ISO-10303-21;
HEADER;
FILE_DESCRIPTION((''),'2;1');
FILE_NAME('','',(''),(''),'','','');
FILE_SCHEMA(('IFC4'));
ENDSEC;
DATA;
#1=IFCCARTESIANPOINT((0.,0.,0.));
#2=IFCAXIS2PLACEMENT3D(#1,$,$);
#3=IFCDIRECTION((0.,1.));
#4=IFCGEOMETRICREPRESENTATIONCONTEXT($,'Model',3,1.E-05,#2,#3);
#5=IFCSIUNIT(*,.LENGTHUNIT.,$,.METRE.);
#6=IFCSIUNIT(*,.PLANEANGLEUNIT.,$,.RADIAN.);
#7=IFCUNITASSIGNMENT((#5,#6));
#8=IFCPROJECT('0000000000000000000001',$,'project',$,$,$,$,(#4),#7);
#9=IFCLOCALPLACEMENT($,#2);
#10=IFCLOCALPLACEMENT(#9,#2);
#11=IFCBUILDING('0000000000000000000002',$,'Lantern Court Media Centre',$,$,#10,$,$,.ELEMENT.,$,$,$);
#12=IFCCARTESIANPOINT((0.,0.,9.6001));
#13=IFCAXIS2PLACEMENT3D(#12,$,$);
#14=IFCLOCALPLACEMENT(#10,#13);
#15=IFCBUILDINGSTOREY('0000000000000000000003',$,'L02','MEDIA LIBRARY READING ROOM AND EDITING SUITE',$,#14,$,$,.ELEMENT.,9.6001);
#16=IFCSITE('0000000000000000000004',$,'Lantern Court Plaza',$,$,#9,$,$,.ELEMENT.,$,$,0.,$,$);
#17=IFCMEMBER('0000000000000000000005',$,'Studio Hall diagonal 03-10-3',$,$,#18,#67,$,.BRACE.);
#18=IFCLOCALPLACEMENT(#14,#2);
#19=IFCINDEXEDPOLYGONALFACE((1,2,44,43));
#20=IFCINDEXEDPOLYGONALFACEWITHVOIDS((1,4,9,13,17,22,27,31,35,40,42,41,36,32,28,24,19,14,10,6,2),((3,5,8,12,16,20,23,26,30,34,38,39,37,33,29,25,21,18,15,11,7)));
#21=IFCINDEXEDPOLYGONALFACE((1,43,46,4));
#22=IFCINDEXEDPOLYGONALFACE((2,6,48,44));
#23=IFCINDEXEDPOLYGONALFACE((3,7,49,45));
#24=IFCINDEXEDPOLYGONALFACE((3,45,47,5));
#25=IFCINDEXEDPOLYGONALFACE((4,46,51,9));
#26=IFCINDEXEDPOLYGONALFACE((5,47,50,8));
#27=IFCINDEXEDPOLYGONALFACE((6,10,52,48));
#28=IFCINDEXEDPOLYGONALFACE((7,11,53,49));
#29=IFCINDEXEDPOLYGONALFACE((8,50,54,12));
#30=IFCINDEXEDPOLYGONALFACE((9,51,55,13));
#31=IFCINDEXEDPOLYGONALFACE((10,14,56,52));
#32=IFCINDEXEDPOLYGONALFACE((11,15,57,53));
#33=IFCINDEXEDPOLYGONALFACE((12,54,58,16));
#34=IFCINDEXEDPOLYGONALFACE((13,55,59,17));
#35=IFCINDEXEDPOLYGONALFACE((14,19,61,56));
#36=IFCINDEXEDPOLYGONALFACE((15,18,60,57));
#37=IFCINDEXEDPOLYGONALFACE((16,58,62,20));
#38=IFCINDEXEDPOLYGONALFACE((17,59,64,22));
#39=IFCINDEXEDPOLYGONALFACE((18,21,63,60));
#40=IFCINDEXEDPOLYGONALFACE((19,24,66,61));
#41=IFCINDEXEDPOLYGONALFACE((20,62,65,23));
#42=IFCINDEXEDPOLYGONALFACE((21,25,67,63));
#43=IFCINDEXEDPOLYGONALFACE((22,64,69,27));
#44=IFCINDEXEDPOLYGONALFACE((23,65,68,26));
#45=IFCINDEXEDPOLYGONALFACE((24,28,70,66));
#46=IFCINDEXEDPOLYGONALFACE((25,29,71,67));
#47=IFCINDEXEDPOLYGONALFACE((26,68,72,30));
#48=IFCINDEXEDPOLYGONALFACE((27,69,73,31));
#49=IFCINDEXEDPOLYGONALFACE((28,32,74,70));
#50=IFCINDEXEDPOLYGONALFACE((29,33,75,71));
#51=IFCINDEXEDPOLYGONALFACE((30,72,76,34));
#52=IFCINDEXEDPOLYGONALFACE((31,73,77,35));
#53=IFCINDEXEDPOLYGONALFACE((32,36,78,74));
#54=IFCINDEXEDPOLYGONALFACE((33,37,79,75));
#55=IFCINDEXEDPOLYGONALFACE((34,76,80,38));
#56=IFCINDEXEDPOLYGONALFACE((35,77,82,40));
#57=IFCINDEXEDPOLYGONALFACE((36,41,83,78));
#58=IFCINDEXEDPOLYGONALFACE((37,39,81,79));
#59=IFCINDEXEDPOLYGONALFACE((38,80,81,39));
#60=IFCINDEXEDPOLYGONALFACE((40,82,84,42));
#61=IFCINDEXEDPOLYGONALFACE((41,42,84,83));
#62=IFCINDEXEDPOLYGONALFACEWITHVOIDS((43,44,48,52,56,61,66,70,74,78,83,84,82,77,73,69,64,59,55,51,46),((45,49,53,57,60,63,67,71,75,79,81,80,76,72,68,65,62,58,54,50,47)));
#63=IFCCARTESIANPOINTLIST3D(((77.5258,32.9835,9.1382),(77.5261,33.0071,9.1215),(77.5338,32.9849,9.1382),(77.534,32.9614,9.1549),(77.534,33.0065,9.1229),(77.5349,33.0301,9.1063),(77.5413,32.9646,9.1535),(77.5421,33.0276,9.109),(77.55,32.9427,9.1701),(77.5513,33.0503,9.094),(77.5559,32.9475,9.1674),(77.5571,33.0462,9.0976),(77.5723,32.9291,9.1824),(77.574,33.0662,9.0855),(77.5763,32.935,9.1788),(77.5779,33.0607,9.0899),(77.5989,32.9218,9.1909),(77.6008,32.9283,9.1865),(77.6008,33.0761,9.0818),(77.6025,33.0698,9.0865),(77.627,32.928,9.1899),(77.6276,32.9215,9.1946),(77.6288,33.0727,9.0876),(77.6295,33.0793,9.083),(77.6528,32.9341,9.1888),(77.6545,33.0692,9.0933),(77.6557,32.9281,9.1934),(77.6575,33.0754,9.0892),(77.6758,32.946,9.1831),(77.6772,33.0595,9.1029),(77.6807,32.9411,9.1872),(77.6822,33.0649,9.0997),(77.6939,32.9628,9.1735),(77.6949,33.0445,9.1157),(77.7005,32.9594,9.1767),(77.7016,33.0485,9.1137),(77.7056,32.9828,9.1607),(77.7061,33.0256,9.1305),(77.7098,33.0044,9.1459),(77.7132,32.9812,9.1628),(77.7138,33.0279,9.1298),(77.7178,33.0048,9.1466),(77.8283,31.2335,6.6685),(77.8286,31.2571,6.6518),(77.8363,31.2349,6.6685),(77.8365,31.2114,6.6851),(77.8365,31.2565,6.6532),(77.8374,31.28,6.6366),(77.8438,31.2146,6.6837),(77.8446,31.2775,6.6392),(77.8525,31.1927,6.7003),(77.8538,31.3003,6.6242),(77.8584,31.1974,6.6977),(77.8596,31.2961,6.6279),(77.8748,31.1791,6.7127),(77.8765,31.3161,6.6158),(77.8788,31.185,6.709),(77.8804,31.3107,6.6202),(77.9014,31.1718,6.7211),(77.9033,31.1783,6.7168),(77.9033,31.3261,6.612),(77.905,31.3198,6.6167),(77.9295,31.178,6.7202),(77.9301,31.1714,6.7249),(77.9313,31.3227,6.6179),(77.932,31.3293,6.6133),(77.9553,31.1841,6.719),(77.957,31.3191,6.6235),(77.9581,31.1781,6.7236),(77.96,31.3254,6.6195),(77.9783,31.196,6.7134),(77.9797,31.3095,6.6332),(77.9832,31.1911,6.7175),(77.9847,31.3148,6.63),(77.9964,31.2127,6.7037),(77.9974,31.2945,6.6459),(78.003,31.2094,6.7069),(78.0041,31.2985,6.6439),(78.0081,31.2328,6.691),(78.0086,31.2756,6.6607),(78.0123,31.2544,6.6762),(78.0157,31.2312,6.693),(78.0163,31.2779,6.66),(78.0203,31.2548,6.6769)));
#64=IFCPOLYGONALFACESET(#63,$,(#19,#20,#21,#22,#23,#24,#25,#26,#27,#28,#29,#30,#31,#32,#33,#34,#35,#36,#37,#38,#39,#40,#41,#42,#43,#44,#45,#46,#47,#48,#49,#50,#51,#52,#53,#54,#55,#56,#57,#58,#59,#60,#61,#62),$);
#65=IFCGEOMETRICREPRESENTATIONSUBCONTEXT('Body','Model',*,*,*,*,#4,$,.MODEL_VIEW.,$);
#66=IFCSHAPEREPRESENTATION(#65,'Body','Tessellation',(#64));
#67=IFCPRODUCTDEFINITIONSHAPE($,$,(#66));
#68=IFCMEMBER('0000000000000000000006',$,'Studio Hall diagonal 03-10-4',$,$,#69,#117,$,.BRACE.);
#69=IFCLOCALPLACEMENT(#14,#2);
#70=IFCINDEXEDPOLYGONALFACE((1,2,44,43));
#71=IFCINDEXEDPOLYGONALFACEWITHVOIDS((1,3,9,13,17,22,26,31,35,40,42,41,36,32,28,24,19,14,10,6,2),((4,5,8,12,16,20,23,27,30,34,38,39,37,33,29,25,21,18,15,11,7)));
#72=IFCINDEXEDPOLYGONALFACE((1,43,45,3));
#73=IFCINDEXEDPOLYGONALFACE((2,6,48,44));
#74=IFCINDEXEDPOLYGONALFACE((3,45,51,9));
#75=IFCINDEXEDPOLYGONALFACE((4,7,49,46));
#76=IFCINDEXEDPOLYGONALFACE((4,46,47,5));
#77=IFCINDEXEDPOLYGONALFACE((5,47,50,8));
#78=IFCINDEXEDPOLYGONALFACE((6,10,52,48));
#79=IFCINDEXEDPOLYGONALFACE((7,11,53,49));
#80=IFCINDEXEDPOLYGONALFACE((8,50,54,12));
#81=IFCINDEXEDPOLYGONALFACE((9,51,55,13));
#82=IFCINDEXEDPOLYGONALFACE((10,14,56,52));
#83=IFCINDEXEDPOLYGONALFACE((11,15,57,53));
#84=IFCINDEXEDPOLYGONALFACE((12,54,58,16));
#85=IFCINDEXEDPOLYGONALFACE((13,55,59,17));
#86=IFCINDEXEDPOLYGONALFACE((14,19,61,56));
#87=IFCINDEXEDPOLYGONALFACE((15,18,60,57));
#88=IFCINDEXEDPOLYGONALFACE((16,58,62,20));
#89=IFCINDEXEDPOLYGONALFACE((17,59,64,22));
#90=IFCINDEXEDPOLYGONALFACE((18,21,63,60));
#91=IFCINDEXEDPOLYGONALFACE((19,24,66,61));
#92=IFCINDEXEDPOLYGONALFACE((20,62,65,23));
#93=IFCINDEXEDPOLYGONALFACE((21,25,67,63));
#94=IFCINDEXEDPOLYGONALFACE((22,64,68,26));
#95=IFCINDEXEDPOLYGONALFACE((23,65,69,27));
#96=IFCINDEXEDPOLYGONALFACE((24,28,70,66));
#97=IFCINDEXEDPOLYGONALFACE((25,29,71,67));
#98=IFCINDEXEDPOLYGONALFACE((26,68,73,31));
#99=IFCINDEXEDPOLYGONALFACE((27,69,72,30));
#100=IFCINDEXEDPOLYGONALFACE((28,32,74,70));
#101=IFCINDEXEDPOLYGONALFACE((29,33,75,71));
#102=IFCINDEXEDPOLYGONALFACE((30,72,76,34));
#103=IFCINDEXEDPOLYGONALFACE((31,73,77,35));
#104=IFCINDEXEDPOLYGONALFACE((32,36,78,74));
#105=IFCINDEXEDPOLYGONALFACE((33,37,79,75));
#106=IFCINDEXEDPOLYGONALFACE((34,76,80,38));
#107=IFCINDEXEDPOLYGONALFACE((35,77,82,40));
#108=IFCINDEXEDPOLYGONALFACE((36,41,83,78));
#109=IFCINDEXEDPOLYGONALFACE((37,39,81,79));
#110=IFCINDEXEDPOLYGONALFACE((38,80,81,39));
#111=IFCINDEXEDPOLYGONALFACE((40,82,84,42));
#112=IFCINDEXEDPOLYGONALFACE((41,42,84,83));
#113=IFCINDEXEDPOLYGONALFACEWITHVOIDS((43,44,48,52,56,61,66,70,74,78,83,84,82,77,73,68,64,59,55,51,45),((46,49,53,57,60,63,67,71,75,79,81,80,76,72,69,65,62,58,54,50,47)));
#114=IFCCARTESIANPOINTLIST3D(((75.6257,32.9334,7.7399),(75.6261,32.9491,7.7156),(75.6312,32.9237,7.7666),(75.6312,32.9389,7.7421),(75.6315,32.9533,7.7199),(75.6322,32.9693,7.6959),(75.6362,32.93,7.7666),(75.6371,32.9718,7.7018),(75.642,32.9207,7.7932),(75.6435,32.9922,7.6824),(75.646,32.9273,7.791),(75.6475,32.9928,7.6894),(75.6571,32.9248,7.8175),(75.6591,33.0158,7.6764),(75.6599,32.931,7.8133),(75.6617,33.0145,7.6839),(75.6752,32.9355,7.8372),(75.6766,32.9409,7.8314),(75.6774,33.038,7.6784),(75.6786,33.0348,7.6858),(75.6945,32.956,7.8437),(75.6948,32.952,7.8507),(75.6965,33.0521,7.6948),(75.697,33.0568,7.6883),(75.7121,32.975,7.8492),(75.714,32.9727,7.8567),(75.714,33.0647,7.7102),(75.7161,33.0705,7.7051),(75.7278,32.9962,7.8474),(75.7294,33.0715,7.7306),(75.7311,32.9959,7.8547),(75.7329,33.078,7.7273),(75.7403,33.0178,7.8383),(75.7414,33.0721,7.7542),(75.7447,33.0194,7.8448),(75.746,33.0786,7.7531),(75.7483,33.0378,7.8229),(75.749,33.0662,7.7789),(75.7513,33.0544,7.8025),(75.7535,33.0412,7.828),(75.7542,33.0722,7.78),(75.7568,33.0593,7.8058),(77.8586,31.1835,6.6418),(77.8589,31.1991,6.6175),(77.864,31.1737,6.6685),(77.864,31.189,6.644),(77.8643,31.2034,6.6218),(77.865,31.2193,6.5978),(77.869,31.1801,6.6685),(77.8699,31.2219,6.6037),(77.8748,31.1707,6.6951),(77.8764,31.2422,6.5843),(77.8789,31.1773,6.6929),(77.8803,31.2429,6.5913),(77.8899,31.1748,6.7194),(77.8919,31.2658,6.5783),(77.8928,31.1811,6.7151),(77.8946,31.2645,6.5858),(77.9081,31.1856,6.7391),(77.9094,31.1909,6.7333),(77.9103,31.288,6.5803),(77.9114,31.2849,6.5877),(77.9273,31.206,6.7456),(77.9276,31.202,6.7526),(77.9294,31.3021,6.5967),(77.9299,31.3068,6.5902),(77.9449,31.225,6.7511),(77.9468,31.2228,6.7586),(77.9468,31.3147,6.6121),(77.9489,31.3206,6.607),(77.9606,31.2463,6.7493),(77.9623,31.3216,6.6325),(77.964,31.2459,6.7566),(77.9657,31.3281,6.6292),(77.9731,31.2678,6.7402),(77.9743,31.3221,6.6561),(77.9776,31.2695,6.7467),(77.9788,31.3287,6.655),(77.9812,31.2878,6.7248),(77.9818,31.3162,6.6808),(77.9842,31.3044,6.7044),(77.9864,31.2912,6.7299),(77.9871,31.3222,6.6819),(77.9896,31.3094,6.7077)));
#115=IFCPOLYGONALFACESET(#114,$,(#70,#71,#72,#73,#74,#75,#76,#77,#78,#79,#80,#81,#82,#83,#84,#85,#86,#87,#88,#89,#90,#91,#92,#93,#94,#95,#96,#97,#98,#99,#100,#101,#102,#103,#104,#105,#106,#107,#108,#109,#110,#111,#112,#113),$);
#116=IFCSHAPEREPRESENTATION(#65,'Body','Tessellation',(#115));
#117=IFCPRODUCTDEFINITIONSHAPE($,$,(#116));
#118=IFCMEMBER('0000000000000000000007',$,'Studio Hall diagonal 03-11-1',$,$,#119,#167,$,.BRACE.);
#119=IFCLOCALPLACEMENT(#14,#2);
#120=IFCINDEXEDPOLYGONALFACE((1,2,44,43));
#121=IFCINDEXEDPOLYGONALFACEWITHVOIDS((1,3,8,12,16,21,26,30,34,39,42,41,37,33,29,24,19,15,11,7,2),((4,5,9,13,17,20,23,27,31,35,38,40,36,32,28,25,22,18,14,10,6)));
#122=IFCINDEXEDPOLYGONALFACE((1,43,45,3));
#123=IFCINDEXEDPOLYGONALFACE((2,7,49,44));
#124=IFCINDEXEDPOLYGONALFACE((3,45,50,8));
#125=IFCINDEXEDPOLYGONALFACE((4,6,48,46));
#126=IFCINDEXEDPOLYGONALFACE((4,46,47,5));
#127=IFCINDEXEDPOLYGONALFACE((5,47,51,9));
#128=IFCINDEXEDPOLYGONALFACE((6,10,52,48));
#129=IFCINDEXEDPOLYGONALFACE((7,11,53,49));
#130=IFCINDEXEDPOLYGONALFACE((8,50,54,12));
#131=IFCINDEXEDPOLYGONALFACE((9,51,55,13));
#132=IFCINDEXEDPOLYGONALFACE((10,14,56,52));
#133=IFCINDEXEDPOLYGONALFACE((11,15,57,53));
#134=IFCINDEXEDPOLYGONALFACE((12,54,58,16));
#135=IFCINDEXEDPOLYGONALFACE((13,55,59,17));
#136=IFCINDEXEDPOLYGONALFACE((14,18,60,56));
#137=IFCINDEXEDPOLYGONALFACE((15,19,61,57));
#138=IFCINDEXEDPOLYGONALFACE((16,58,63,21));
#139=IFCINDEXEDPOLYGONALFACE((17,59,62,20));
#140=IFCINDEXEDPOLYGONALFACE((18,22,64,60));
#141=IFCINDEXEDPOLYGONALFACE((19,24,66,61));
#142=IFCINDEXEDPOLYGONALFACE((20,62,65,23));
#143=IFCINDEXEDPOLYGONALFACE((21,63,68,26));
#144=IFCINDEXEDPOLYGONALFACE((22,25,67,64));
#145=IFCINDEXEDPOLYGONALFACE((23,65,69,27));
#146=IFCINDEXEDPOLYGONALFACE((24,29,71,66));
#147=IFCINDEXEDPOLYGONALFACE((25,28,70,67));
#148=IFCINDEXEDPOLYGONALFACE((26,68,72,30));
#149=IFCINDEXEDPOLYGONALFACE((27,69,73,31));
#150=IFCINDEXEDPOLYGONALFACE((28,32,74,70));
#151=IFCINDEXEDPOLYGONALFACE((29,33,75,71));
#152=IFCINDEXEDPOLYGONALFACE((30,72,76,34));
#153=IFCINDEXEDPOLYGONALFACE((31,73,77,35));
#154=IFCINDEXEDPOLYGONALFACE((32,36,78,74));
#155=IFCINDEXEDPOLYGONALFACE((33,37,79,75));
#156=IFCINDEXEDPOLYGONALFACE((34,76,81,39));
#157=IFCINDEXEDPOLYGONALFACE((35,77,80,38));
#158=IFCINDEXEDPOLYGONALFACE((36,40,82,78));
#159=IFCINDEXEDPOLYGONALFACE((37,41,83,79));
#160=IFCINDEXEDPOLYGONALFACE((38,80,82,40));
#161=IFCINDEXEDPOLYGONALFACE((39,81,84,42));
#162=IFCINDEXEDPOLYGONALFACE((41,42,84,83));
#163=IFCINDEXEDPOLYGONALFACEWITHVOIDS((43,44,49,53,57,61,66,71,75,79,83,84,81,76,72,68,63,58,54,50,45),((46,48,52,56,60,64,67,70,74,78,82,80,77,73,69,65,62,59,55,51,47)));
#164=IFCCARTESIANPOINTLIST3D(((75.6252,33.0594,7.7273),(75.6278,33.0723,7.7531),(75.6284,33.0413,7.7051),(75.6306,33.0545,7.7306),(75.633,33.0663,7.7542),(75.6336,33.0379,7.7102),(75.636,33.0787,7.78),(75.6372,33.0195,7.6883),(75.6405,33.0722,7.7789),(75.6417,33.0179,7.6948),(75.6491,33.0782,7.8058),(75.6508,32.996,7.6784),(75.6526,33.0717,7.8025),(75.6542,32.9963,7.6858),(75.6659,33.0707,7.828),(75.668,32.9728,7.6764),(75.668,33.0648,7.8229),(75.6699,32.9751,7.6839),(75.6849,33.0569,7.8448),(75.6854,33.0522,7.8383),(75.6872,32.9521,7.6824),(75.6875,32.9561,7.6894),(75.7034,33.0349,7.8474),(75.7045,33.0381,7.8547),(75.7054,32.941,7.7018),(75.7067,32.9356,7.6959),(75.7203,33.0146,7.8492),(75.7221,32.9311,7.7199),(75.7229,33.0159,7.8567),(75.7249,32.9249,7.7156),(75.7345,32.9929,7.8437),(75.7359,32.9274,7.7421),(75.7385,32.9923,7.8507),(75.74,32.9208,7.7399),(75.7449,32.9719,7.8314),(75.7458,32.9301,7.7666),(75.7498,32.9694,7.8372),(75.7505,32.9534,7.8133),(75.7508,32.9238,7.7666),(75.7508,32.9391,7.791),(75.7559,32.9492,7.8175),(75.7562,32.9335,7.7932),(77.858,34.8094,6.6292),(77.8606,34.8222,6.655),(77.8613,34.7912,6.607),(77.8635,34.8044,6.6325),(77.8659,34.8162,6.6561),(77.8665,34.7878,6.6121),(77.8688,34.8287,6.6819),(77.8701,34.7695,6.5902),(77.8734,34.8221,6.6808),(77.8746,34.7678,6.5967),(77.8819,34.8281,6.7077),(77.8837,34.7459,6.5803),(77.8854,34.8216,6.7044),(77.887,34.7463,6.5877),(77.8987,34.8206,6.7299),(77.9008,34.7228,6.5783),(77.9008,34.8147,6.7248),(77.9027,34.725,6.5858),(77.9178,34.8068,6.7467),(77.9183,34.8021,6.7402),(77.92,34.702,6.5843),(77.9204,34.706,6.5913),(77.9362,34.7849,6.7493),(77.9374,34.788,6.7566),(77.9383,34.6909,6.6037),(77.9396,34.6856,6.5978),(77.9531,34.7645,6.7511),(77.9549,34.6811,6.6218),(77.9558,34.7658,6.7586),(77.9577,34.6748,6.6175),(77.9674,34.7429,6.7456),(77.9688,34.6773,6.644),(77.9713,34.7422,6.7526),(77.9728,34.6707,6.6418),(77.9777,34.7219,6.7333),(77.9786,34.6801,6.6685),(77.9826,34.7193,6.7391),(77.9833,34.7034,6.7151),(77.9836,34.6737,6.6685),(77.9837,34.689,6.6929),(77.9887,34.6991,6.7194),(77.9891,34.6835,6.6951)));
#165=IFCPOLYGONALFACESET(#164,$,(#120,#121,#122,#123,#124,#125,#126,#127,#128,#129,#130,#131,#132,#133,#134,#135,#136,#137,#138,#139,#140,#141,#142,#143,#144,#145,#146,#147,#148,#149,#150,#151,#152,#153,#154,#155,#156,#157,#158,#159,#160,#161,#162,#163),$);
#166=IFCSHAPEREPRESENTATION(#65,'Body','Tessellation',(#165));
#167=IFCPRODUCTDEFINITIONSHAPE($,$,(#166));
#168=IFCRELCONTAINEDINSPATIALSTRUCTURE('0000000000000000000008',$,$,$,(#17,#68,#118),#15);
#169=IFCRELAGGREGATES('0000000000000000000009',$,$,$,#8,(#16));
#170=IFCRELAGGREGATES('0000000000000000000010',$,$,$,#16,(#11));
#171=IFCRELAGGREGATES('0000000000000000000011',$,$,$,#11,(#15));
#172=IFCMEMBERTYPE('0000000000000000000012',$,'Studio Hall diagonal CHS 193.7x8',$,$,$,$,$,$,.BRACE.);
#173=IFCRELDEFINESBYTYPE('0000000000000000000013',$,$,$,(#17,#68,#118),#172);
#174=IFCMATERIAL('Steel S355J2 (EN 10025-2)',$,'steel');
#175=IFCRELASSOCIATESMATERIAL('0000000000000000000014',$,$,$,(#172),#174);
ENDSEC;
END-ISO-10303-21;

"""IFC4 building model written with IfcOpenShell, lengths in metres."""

from ifc_helpers import new_model, si_unit, direction, frame, origin, origin_2d, place, context, subcontext, project, spatial, hollow_circle, extrude, material, material_profile, profile_set, type_object, element, save


model = new_model("IFC4")

# Units and contexts
model_context = context("Model", 3, precision=1e-05, world=origin(), true_north=direction((0.0, 1.0)))
body_context = subcontext(model_context, "Body", "Model", "MODEL_VIEW")
ifc_project = project(units=[si_unit("LENGTHUNIT", "METRE"), si_unit("PLANEANGLEUNIT", "RADIAN")], contexts=[model_context])

# Site, building, storey
site_placement = place(None, origin())
site = spatial("IfcSite", under=ifc_project, at=site_placement, Name="Lantern Court Plaza", CompositionType="ELEMENT", RefElevation=0.0)
building_placement = place(site_placement, origin())
building = spatial("IfcBuilding", under=site, at=building_placement, Name="Lantern Court Media Centre", CompositionType="ELEMENT")
storey_placement = place(building_placement, frame((0.0, 0.0, 9.6001)))
storey = spatial("IfcBuildingStorey", under=building, at=storey_placement, Name="L02", Description="MEDIA LIBRARY READING ROOM AND EDITING SUITE", CompositionType="ELEMENT", Elevation=9.6001)

# Members
ifc_material = material(Name="Steel S355J2 (EN 10025-2)", Category="steel")
ifc_material_profile_1 = material_profile(ifc_material, hollow_circle(Radius=0.0969, WallThickness=0.0081, at=origin_2d()), Name="Studio Hall diagonal CHS 193.7x8")
ifc_profile_set_1 = profile_set([ifc_material_profile_1], Name="Steel S355J2 (EN 10025-2)")
member_type_1 = type_object("IfcMemberType", Name="Studio Hall diagonal CHS 193.7x8", PredefinedType="BRACE", material=ifc_profile_set_1)
for number, where, z_axis, x_axis, name in (
    (1, (77.9238, 31.25, 6.6685), (-0.099439, 0.575286, 0.811885), (-0.985388, -0.170326, 0.0), "Studio Hall diagonal 03-10-3"),
    (2, (77.9238, 31.25, 6.6685), (-0.734005, 0.575262, 0.360984), (-0.616856, -0.787076, 0.0), "Studio Hall diagonal 03-10-4"),
    (3, (77.9238, 34.75, 6.6685), (-0.734005, -0.575262, 0.360984), (0.616856, -0.787076, 0.0), "Studio Hall diagonal 03-11-1"),
):
    element("IfcMember", number, at=place(storey_placement, frame(where, z_axis=z_axis, x_axis=x_axis)), inside=storey, type_object=member_type_1, Name=name, PredefinedType="BRACE", context=body_context, shape_type="SweptSolid", body=[
        extrude(hollow_circle(Radius=0.0969, WallThickness=0.0081, at=origin_2d()), origin(), (0.0, 0.0, 1.0), 3.042),
    ])

save(model, "model.ifc")
